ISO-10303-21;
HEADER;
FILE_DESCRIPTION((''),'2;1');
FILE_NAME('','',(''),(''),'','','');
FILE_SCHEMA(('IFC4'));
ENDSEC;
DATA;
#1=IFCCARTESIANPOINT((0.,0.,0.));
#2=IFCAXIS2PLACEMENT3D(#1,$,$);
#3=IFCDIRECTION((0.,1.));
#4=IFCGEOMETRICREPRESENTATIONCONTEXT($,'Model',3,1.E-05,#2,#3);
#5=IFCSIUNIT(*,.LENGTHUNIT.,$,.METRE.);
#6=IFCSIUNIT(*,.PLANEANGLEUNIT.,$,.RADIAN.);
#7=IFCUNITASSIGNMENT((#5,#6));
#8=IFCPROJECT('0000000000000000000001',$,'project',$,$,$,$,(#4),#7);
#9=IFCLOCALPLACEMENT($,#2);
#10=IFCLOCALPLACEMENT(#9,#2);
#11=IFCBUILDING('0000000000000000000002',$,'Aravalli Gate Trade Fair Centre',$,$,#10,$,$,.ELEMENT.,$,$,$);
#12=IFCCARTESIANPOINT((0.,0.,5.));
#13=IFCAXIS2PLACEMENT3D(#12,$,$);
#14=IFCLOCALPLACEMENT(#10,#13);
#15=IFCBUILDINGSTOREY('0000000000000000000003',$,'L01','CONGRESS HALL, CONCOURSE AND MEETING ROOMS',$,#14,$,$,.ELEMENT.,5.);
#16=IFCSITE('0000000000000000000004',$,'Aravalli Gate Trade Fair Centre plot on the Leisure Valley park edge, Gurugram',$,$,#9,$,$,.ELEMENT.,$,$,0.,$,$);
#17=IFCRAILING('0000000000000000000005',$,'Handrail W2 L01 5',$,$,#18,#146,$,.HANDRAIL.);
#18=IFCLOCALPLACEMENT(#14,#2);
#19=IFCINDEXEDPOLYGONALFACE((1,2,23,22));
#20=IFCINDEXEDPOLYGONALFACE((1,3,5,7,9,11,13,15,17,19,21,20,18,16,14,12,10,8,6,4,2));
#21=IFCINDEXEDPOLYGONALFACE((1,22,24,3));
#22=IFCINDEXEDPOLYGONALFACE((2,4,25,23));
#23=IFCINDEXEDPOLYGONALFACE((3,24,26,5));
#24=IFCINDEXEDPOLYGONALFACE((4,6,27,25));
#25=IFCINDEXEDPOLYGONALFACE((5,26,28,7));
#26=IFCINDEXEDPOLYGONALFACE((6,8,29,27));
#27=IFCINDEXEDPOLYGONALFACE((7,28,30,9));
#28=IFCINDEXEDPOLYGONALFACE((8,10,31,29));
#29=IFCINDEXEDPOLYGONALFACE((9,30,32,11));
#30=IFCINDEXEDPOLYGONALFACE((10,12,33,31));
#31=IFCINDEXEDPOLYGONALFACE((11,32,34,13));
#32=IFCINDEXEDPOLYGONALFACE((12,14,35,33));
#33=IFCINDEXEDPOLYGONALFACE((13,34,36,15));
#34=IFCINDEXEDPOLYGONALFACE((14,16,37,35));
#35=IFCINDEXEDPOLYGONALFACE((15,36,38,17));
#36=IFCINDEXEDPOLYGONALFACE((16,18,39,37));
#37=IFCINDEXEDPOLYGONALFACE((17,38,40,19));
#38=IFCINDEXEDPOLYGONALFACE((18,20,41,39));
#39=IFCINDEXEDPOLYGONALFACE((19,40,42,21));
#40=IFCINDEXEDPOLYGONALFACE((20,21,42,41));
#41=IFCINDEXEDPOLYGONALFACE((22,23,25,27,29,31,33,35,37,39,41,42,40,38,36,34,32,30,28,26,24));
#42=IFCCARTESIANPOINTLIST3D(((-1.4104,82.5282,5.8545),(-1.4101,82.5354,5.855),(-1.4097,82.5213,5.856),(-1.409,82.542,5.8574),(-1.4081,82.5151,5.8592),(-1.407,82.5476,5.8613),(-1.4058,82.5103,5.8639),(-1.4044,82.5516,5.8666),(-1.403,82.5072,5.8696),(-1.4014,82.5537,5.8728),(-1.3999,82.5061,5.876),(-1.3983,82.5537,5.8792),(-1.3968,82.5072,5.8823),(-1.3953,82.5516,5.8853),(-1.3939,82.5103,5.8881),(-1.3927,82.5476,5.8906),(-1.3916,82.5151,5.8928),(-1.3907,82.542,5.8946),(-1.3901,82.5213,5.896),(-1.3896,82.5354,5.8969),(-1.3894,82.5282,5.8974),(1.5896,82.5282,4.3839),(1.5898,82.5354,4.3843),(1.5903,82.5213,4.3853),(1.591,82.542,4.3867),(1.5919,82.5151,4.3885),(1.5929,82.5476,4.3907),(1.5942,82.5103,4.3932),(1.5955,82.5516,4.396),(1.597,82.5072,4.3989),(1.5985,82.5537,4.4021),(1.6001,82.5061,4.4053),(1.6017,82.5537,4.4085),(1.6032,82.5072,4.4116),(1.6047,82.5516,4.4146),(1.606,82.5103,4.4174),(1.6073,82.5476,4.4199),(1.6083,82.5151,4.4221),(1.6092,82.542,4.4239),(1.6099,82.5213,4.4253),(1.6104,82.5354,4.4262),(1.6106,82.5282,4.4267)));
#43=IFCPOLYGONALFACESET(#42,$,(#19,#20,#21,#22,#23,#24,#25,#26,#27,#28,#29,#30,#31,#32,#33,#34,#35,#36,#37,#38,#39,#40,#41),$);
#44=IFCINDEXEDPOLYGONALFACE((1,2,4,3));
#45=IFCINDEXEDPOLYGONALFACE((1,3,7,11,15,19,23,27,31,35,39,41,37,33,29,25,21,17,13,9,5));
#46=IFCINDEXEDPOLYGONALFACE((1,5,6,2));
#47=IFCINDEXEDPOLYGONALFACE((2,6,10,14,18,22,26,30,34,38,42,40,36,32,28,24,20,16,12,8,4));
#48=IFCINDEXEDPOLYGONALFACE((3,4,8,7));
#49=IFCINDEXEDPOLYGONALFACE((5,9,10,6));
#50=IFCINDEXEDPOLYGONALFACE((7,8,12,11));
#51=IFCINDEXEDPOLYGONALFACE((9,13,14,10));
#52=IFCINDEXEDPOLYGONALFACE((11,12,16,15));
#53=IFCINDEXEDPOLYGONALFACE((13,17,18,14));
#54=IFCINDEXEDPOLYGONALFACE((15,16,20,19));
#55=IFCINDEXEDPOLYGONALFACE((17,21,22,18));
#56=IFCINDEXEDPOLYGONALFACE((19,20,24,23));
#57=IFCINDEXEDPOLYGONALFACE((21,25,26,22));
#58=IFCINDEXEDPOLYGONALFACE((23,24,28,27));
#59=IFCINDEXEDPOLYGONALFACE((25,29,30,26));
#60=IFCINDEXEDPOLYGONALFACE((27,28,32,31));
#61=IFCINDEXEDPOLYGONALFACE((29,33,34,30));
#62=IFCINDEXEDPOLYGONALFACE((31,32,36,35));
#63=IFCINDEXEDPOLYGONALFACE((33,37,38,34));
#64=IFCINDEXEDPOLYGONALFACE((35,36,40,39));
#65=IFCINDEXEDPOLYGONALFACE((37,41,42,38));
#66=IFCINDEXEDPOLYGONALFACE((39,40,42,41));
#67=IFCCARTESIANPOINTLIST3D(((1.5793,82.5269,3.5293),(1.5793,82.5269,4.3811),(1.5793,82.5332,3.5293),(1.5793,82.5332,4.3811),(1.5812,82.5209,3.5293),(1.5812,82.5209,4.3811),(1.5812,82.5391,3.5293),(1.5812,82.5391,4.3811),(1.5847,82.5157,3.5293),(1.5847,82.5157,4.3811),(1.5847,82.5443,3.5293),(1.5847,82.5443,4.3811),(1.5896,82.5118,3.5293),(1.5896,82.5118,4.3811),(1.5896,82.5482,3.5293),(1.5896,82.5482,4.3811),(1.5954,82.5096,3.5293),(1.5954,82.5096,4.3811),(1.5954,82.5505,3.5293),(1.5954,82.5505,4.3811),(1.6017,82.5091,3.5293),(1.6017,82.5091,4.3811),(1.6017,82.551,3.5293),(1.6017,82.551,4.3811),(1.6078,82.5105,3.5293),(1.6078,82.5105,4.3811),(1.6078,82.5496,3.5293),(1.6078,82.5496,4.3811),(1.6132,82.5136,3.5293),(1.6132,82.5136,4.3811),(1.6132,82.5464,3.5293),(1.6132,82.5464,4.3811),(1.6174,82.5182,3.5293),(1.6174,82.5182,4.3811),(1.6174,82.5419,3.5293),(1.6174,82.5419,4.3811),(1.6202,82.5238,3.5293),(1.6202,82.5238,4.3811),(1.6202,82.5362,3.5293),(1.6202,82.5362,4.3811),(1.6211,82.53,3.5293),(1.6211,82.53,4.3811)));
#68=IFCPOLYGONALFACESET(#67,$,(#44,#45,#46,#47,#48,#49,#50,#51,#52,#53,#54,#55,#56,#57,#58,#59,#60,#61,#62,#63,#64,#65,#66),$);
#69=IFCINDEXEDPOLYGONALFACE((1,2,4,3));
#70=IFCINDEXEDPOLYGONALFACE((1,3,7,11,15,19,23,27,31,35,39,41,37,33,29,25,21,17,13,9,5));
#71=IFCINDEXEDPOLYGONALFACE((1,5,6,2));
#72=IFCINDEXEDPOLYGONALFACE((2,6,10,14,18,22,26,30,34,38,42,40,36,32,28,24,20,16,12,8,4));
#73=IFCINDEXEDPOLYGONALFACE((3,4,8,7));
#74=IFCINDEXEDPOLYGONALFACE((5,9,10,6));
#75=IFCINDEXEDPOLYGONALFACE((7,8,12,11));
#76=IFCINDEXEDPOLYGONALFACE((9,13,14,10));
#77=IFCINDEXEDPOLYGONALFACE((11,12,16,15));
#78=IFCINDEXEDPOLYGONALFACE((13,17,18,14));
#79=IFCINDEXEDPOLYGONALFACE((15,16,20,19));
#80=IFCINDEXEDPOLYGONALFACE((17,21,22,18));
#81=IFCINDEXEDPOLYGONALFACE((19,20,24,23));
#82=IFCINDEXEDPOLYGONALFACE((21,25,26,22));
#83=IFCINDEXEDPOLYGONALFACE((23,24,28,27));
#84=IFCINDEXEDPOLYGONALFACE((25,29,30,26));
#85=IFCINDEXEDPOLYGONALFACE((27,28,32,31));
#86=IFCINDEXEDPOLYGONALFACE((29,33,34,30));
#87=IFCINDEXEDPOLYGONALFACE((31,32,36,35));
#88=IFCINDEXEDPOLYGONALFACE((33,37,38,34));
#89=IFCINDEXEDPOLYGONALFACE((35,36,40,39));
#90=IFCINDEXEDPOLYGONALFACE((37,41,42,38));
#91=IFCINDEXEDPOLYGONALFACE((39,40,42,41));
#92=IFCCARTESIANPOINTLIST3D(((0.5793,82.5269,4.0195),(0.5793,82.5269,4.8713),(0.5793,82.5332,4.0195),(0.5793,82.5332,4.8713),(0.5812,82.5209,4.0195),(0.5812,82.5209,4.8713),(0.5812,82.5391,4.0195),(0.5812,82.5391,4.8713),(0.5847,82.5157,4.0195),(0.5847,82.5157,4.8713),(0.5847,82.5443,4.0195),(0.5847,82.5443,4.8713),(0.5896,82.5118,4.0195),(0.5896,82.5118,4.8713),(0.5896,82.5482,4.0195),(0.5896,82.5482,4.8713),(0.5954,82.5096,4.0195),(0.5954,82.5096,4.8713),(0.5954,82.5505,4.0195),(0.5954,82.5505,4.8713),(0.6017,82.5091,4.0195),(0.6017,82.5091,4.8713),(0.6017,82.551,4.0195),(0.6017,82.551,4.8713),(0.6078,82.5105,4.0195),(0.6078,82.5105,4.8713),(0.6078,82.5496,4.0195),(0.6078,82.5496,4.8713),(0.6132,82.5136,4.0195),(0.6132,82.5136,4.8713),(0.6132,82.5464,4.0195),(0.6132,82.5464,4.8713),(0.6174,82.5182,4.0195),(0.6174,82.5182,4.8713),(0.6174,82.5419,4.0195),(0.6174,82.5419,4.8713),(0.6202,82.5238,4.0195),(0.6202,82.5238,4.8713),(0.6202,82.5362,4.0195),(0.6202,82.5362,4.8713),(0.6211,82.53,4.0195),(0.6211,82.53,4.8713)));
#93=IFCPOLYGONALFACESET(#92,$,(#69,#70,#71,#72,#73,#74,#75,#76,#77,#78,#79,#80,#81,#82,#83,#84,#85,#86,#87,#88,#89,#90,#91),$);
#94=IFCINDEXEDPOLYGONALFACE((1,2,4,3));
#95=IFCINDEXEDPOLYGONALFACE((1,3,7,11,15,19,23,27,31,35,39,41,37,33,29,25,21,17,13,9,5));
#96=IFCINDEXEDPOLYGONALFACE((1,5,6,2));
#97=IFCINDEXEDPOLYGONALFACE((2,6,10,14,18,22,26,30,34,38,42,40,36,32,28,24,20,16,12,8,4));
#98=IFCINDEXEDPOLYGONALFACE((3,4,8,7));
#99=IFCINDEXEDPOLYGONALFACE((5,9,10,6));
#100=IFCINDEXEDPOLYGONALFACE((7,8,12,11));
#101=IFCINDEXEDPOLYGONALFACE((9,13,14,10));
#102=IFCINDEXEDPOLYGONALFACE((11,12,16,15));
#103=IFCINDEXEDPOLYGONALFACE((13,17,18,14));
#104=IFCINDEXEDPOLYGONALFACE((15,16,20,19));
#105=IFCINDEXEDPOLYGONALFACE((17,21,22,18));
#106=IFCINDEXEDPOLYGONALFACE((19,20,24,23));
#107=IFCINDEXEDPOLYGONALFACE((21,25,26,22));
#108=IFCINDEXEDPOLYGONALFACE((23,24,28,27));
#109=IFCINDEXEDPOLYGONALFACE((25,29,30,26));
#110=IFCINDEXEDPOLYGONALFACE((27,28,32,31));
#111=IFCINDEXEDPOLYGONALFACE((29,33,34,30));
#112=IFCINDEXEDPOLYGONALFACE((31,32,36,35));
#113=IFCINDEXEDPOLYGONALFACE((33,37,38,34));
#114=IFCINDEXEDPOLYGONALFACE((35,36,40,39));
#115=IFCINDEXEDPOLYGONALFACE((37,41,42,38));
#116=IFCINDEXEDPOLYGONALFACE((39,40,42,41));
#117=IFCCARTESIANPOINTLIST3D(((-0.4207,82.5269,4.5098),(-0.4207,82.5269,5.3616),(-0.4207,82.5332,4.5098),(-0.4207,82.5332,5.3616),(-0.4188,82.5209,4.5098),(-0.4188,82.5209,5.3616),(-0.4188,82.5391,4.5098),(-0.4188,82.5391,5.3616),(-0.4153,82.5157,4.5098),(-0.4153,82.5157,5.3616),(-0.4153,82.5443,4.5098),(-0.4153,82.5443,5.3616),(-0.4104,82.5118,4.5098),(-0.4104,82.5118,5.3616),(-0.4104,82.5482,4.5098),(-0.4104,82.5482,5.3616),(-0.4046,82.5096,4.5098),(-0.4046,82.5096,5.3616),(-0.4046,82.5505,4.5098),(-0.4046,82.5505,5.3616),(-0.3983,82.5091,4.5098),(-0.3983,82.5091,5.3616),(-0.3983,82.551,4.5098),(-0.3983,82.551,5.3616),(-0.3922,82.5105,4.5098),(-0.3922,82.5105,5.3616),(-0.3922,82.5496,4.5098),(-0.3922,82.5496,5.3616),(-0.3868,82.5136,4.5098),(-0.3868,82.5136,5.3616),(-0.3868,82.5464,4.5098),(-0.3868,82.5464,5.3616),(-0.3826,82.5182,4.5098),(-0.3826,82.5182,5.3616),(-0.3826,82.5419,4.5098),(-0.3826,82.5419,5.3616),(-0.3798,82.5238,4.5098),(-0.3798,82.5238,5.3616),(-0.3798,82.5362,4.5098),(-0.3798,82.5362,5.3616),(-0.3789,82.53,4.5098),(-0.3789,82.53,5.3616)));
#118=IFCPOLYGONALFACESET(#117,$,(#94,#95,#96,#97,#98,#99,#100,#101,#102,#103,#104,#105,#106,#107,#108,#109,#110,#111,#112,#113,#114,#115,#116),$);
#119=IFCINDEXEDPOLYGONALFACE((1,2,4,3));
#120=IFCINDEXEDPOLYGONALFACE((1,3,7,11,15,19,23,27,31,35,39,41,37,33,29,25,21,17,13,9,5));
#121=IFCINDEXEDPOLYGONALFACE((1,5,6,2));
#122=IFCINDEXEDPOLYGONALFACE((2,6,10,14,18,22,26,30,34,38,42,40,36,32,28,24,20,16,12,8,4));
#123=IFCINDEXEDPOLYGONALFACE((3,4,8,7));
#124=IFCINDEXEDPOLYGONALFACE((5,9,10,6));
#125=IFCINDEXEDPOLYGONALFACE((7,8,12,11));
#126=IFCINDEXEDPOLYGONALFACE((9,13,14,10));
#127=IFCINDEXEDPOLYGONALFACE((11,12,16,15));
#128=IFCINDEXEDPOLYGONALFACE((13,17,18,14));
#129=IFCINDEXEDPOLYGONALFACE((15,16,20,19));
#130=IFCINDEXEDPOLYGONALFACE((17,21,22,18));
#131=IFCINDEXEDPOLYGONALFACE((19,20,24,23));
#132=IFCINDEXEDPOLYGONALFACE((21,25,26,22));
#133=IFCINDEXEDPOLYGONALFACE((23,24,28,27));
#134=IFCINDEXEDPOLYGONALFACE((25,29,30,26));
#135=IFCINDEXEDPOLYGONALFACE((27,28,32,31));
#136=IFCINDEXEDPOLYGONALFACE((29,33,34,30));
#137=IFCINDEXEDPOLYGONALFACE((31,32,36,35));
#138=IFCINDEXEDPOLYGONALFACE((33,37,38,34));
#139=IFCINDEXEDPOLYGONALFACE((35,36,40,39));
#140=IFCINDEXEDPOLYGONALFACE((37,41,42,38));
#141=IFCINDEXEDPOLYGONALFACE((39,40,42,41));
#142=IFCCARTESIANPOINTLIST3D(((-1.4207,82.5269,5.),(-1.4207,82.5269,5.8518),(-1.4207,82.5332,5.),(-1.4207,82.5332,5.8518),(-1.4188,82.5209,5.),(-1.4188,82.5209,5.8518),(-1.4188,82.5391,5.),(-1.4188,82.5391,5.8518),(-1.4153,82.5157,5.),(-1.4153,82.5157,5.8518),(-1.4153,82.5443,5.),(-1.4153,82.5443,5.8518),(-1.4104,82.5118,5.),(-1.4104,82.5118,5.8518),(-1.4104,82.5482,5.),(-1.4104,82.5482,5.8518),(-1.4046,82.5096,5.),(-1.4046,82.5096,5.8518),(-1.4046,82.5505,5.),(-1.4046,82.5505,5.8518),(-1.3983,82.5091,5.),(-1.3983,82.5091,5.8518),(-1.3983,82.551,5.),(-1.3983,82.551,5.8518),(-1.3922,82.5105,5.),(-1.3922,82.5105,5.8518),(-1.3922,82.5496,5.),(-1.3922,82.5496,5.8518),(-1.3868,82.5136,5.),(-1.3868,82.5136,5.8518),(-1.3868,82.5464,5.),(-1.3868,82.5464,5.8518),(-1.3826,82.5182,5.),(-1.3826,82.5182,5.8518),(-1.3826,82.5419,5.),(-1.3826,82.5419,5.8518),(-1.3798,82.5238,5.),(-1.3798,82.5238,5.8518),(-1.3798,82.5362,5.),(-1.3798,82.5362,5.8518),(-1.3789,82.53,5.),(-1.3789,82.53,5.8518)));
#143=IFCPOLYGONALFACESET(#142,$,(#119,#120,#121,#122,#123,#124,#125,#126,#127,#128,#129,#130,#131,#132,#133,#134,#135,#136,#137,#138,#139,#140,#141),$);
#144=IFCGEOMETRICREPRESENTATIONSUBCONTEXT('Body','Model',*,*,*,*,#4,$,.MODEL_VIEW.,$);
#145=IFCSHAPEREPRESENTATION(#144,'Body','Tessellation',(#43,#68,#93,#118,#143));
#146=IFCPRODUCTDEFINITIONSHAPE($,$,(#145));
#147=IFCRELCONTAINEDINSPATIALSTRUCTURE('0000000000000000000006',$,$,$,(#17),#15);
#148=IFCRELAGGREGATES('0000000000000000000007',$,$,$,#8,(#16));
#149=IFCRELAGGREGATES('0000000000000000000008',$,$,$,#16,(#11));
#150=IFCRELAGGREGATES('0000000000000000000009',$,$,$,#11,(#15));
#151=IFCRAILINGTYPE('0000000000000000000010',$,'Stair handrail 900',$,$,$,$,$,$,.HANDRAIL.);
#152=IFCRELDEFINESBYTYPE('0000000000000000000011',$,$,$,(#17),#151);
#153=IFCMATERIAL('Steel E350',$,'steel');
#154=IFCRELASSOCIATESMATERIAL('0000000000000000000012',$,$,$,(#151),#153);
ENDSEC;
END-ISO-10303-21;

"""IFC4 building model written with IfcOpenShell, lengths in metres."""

from ifc_helpers import new_model, si_unit, direction, frame, origin, origin_2d, place, context, subcontext, project, spatial, circle, extrude, material, type_object, element, save


model = new_model("IFC4")

# Units and contexts
model_context = context("Model", 3, precision=1e-05, world=origin(), true_north=direction((0.0, 1.0)))
body_context = subcontext(model_context, "Body", "Model", "MODEL_VIEW")
ifc_project = project(units=[si_unit("LENGTHUNIT", "METRE"), si_unit("PLANEANGLEUNIT", "RADIAN")], contexts=[model_context])

# Site, building, storey
site_placement = place(None, origin())
site = spatial("IfcSite", under=ifc_project, at=site_placement, Name="Aravalli Gate Trade Fair Centre plot on the Leisure Valley park edge, Gurugram", CompositionType="ELEMENT", RefElevation=0.0)
building_placement = place(site_placement, origin())
building = spatial("IfcBuilding", under=site, at=building_placement, Name="Aravalli Gate Trade Fair Centre", CompositionType="ELEMENT")
storey_placement = place(building_placement, frame((0.0, 0.0, 5.0)))
storey = spatial("IfcBuildingStorey", under=building, at=storey_placement, Name="L01", Description="CONGRESS HALL, CONCOURSE AND MEETING ROOMS", CompositionType="ELEMENT", Elevation=5.0)

# Railing
ifc_material_1 = material(Name="Steel E350", Category="steel")
railing_type = type_object("IfcRailingType", Name="Stair handrail 900", PredefinedType="HANDRAIL", material=ifc_material_1)
railing_1_placement = place(storey_placement, frame((1.6001, 82.53, 3.5293)))
element("IfcRailing", 1, at=railing_1_placement, inside=storey, type_object=railing_type, Name="Handrail W2 L01 5", PredefinedType="HANDRAIL", context=body_context, shape_type="SweptSolid", body=[
    extrude(circle(Radius=0.0239, at=origin_2d()), frame((0.0, 0.0, 0.876), z_axis=(-0.897907, 0.0, 0.440185), x_axis=(0.0, -1.0, 0.0)), (0.0, 0.0, 1.0), 3.3411),
    extrude(circle(Radius=0.021, at=origin_2d()), origin(), (0.0, 0.0, 1.0), 0.8518),
    extrude(circle(Radius=0.021, at=origin_2d()), frame((-1.0, 0.0, 0.4902)), (0.0, 0.0, 1.0), 0.8518),
    extrude(circle(Radius=0.021, at=origin_2d()), frame((-2.0, 0.0, 0.9805)), (0.0, 0.0, 1.0), 0.8518),
    extrude(circle(Radius=0.021, at=origin_2d()), frame((-3.0, 0.0, 1.4707)), (0.0, 0.0, 1.0), 0.8518),
])

save(model, "model.ifc")
